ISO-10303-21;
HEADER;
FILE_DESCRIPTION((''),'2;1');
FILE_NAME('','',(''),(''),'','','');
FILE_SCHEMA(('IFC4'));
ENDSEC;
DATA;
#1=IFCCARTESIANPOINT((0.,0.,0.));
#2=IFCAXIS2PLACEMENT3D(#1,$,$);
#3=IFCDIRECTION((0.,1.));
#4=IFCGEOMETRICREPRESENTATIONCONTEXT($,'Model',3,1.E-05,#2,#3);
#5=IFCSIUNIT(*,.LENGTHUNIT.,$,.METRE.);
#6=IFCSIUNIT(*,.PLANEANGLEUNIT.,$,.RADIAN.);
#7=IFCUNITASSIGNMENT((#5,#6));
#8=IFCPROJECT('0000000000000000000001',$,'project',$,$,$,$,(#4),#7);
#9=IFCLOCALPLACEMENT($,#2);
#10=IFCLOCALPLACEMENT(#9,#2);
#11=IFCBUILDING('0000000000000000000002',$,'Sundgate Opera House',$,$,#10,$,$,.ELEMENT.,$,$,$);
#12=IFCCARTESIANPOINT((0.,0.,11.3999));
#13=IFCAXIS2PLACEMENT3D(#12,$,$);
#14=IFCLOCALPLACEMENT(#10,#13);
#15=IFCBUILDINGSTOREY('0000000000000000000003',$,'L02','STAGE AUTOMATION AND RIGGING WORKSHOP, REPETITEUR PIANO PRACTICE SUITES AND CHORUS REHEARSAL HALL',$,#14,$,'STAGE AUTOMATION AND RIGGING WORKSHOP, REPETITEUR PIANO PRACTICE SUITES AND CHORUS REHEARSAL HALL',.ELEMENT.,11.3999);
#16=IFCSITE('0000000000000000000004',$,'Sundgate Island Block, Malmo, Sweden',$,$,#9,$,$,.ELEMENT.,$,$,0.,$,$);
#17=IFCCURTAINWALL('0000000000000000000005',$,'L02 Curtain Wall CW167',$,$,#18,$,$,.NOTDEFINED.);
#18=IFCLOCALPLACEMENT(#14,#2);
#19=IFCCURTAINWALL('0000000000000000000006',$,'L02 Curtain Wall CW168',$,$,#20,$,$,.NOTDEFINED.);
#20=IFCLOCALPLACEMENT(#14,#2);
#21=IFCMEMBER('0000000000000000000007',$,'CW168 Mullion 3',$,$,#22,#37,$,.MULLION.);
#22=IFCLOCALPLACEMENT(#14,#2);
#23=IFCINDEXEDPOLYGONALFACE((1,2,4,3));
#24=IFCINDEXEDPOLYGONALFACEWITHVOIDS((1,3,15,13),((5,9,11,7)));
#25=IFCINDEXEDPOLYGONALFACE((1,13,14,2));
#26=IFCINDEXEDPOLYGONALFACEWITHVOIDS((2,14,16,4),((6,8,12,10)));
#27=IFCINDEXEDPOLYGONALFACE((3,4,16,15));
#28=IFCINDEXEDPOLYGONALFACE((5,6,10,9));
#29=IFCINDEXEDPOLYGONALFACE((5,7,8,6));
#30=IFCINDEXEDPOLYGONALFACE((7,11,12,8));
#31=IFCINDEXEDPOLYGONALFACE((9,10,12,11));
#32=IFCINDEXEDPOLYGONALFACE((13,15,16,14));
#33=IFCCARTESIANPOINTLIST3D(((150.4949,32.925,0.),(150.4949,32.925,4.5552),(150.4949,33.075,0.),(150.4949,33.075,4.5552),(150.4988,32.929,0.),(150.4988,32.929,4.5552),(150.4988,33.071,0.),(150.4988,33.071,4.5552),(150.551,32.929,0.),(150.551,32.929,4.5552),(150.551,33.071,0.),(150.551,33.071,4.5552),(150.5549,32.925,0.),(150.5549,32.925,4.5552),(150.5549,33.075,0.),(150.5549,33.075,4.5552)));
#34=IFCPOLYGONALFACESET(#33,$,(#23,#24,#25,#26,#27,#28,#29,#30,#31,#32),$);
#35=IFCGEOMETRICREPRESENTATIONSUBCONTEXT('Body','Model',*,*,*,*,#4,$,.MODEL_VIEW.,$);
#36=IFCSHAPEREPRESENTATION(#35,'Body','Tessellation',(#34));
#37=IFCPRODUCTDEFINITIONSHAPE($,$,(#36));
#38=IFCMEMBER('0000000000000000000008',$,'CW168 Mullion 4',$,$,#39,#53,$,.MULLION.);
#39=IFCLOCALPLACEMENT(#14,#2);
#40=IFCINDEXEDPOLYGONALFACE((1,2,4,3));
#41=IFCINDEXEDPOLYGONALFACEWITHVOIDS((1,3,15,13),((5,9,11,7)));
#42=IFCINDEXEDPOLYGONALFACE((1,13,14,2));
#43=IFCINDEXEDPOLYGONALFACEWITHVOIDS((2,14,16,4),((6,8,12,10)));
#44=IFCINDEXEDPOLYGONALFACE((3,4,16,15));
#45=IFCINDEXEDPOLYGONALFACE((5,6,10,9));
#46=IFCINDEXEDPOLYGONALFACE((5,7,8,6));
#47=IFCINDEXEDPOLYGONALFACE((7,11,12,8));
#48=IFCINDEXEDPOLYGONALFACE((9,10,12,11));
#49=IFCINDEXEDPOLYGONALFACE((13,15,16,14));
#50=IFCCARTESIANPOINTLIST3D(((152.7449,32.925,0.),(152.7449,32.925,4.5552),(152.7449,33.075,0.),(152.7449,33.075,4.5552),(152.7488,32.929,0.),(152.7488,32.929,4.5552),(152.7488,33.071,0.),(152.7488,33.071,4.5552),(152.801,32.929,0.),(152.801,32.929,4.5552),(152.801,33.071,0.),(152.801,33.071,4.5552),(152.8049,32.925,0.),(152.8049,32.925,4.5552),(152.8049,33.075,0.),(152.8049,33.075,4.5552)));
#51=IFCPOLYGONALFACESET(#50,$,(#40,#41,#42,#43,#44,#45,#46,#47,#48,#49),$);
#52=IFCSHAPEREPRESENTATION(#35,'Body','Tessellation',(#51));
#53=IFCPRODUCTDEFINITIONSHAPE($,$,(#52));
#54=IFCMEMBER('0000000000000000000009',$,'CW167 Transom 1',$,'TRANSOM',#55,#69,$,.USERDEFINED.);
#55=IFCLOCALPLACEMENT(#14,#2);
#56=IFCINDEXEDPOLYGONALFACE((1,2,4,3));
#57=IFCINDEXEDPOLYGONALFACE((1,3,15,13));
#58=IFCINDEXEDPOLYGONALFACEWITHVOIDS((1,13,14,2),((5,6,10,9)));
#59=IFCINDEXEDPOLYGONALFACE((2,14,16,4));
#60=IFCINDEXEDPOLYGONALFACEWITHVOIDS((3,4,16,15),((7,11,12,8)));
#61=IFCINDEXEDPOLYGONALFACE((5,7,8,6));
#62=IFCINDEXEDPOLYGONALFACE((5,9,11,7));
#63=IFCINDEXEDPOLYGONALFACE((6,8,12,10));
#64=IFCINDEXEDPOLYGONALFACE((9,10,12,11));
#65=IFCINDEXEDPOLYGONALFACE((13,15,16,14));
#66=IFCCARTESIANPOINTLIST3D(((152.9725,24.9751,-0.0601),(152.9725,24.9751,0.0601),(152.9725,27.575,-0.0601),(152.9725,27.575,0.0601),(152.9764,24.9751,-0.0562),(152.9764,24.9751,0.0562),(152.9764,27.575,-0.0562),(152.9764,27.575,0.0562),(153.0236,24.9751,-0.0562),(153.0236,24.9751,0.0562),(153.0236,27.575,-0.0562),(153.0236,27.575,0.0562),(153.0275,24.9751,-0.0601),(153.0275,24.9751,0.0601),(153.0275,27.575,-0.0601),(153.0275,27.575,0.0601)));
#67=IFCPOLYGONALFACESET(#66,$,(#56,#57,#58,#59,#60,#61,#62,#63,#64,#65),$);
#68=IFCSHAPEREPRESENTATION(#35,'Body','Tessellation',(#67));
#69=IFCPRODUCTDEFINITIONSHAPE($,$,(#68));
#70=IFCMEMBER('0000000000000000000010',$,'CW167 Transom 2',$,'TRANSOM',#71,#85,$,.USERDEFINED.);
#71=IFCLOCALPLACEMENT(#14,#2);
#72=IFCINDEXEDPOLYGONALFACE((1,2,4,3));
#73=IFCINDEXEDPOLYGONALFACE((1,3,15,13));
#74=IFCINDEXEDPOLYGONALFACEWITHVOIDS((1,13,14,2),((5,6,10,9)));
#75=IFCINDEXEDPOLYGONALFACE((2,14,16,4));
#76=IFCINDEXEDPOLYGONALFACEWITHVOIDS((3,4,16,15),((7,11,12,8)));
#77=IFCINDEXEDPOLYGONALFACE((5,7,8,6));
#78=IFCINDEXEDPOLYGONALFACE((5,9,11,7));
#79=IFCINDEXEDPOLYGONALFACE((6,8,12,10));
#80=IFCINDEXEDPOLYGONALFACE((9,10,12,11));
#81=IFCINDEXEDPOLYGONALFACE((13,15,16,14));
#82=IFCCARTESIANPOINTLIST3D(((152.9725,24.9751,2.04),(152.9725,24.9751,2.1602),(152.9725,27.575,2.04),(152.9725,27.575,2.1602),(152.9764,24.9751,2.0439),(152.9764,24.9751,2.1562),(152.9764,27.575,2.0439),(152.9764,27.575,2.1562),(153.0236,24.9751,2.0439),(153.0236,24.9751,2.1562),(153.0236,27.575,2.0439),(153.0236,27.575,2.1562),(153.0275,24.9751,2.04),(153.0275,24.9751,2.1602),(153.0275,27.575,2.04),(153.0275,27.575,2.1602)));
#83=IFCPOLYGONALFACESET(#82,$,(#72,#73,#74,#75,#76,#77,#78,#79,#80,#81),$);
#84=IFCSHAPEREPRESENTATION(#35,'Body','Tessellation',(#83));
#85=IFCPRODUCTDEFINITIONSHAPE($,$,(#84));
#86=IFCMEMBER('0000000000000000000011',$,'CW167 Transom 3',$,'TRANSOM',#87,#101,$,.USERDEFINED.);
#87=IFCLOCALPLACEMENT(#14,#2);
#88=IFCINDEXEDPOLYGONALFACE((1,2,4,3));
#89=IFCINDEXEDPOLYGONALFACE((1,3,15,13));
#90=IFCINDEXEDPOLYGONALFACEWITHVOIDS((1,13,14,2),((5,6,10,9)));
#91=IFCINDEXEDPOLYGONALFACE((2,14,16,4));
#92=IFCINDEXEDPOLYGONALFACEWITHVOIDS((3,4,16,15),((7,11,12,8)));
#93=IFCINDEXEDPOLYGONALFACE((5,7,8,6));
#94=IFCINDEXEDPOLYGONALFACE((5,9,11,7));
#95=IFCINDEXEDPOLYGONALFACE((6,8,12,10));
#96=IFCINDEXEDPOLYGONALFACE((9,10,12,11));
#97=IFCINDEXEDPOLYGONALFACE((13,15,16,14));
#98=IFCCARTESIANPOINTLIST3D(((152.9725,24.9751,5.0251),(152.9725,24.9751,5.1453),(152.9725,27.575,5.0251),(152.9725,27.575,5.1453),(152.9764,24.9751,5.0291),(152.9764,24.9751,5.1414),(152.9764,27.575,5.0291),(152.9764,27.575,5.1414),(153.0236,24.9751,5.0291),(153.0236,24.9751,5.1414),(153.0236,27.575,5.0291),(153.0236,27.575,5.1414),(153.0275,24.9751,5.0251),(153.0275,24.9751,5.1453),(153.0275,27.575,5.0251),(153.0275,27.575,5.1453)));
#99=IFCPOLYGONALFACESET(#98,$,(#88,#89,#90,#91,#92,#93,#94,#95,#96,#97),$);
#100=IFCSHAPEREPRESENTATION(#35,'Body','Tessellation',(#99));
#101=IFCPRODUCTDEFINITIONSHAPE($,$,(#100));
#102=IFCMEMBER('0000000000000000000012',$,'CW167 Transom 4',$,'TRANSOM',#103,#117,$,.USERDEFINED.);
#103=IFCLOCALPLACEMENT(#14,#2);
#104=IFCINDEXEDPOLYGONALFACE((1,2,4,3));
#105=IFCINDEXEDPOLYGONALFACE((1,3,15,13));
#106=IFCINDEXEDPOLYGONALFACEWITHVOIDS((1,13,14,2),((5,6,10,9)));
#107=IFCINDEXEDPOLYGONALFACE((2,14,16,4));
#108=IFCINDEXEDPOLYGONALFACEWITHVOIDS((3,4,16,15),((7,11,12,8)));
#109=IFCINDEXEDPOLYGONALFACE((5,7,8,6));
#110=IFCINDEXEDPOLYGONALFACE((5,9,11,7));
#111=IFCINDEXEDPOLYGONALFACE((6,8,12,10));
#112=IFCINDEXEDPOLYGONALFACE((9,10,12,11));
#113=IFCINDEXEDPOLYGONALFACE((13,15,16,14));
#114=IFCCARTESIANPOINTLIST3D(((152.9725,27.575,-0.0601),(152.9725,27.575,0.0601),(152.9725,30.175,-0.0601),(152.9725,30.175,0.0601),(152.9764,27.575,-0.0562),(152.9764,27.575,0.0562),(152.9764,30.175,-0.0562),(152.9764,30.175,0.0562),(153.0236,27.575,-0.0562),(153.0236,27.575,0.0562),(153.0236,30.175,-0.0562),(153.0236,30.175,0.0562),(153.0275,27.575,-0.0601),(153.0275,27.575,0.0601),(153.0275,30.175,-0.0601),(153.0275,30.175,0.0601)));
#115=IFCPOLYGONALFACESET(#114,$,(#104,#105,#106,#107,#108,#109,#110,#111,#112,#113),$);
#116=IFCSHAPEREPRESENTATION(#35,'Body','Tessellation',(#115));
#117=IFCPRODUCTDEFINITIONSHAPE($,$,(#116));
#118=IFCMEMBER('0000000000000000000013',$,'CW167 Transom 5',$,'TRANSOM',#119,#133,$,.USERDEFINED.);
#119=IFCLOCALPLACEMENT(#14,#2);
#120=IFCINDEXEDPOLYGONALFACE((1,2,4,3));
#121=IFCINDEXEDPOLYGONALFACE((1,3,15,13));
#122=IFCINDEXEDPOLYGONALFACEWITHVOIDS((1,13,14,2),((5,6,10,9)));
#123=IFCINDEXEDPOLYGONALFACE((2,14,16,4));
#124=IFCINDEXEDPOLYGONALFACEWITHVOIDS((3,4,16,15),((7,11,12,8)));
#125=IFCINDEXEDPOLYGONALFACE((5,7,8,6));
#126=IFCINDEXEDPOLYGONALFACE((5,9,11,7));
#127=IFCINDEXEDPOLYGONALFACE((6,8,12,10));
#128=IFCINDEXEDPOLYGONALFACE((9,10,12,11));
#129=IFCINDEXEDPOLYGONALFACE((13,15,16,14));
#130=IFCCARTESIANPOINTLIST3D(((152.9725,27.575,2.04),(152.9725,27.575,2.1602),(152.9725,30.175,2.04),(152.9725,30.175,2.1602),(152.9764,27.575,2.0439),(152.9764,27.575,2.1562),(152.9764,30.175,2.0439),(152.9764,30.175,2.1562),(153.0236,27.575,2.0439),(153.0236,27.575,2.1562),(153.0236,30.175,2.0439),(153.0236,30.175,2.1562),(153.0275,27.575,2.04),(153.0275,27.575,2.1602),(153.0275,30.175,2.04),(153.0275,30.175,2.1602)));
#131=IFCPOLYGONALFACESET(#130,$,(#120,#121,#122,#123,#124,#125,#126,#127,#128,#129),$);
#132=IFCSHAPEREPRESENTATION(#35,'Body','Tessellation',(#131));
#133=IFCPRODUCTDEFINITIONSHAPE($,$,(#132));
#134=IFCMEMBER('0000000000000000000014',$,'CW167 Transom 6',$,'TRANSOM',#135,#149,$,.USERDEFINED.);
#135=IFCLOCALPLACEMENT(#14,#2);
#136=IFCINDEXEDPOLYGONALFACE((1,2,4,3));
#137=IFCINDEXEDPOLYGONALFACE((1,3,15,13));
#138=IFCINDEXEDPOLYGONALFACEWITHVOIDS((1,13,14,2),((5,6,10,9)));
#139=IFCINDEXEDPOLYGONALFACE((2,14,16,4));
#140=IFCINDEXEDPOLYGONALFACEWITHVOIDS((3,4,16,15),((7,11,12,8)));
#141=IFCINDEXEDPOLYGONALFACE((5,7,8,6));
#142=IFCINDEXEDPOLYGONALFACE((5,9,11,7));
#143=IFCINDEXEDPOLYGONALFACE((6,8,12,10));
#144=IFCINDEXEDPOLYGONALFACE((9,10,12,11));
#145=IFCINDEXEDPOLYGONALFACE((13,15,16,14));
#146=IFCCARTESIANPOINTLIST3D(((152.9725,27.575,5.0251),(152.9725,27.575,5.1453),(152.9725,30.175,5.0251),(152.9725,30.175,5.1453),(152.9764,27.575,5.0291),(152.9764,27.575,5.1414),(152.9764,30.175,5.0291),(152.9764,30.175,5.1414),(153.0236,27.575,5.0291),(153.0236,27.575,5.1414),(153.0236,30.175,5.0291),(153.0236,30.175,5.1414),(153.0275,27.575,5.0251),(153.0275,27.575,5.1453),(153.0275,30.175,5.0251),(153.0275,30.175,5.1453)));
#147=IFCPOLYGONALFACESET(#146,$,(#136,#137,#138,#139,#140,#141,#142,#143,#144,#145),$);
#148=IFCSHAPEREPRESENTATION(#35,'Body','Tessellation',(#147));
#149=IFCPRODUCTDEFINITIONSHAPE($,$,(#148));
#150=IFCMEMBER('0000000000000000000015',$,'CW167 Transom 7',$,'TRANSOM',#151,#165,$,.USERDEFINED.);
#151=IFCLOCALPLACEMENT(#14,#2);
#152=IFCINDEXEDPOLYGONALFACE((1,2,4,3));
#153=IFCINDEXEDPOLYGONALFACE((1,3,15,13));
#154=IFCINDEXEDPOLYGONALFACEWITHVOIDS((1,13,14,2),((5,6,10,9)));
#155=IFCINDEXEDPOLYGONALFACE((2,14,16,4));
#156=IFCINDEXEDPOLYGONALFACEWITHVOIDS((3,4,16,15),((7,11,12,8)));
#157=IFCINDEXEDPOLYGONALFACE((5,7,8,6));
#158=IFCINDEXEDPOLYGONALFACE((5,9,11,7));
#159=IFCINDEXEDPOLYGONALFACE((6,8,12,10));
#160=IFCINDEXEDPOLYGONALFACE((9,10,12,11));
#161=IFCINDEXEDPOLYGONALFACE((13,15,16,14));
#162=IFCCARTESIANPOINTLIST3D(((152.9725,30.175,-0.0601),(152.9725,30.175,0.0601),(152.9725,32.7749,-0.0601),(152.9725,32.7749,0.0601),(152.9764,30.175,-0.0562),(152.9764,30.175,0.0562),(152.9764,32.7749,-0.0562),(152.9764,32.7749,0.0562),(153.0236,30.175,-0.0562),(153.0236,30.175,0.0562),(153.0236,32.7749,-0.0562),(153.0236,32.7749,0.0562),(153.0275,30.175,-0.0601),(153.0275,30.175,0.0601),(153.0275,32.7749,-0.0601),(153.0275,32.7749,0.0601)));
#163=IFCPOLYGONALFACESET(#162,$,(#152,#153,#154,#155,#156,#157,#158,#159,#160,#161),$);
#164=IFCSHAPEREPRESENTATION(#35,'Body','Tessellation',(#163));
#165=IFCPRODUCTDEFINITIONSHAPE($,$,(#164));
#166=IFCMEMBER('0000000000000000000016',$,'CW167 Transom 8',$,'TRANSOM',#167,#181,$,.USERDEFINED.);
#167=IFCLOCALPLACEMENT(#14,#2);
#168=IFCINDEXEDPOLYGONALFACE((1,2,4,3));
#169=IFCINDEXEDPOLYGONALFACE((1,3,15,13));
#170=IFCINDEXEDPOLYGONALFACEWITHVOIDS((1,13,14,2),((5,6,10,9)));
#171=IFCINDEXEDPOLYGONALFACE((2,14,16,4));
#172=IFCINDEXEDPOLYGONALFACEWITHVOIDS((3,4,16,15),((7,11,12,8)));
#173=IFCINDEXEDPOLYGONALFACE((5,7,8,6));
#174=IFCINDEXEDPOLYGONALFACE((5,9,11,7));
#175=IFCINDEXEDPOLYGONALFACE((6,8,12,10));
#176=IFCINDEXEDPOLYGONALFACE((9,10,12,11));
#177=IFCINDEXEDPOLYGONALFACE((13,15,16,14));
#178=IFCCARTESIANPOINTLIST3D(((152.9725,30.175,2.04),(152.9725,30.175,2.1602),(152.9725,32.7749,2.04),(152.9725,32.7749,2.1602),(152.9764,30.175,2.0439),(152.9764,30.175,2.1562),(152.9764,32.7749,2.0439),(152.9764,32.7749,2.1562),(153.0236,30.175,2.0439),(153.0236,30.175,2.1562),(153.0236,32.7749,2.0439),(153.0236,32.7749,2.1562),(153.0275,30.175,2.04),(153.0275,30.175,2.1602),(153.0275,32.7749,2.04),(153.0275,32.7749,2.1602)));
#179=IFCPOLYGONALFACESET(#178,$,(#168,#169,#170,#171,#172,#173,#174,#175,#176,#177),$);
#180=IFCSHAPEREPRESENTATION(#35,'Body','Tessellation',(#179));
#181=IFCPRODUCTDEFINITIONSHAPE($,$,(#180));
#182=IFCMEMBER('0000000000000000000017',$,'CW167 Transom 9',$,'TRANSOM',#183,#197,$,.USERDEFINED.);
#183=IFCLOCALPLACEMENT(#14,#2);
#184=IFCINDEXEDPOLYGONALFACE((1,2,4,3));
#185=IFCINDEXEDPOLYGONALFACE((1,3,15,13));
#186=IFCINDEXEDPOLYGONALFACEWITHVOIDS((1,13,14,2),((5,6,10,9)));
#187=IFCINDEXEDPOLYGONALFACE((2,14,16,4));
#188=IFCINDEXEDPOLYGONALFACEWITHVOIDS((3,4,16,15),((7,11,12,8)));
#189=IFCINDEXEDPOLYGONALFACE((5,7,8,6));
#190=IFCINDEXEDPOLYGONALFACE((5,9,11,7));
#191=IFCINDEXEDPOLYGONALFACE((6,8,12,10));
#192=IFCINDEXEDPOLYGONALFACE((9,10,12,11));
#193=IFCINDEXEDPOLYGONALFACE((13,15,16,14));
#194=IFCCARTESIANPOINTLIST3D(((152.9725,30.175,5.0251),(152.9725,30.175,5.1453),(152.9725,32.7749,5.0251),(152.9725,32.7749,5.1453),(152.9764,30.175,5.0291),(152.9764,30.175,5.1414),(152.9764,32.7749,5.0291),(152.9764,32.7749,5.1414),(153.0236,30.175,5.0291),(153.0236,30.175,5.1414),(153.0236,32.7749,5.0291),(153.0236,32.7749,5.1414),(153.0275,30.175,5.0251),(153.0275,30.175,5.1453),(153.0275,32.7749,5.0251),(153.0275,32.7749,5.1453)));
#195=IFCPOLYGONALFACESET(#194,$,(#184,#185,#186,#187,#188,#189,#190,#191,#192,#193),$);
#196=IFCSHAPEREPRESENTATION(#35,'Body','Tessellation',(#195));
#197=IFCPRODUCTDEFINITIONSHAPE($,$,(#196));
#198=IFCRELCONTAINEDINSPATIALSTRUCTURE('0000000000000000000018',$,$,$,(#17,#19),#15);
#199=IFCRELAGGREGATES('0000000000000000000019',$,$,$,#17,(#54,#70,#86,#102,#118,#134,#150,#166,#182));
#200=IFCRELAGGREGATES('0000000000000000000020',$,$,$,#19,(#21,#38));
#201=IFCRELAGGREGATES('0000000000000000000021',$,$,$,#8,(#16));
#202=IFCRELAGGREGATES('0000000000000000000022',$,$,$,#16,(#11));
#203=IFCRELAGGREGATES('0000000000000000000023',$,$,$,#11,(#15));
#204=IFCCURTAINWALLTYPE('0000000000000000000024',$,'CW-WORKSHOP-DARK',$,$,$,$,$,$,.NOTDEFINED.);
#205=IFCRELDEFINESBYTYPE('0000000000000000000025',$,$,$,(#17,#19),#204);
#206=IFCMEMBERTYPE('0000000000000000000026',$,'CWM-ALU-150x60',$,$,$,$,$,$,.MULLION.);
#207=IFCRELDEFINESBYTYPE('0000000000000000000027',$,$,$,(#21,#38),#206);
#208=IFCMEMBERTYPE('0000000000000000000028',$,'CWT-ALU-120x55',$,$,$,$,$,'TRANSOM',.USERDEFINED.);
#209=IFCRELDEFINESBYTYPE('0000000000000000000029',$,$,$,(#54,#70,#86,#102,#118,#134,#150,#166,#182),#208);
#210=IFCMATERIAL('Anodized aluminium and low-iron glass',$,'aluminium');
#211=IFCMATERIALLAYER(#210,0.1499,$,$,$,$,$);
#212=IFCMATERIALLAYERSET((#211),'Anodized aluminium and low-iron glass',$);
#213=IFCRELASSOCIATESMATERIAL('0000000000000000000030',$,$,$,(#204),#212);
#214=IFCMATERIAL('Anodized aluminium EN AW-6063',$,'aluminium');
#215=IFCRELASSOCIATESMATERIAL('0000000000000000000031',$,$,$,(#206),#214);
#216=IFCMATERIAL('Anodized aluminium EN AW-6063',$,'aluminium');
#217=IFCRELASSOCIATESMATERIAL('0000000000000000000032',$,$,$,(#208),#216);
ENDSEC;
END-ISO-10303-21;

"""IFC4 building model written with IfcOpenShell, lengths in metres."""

from ifc_helpers import new_model, si_unit, direction, frame, origin, origin_2d, place, context, subcontext, project, spatial, hollow_rectangle, extrude, material, layer, layer_set, material_profile, profile_set, type_object, element, aggregate, save


model = new_model("IFC4")

# Units and contexts
model_context = context("Model", 3, precision=1e-05, world=origin(), true_north=direction((0.0, 1.0)))
body_context = subcontext(model_context, "Body", "Model", "MODEL_VIEW")
ifc_project = project(units=[si_unit("LENGTHUNIT", "METRE"), si_unit("PLANEANGLEUNIT", "RADIAN")], contexts=[model_context])

# Site, building, storey
site_placement = place(None, origin())
site = spatial("IfcSite", under=ifc_project, at=site_placement, Name="Sundgate Island Block, Malmo, Sweden", CompositionType="ELEMENT", RefElevation=0.0)
building_placement = place(site_placement, origin())
building = spatial("IfcBuilding", under=site, at=building_placement, Name="Sundgate Opera House", CompositionType="ELEMENT")
storey_placement = place(building_placement, frame((0.0, 0.0, 11.3999)))
storey = spatial("IfcBuildingStorey", under=building, at=storey_placement, Name="L02", Description="STAGE AUTOMATION AND RIGGING WORKSHOP, REPETITEUR PIANO PRACTICE SUITES AND CHORUS REHEARSAL HALL", LongName="STAGE AUTOMATION AND RIGGING WORKSHOP, REPETITEUR PIANO PRACTICE SUITES AND CHORUS REHEARSAL HALL", CompositionType="ELEMENT", Elevation=11.3999)

# Curtain walls, members
ifc_material_1 = material(Name="Anodized aluminium and low-iron glass", Category="aluminium")
ifc_layer_1 = layer(ifc_material_1, 0.1499)
ifc_layer_set_1 = layer_set([ifc_layer_1], Name="Anodized aluminium and low-iron glass")
curtain_wall_type = type_object("IfcCurtainWallType", Name="CW-WORKSHOP-DARK", PredefinedType="NOTDEFINED", material=ifc_layer_set_1)
curtain_wall_1_placement = place(storey_placement, origin())
curtain_wall_1 = element("IfcCurtainWall", 1, at=curtain_wall_1_placement, inside=storey, type_object=curtain_wall_type, Name="L02 Curtain Wall CW167", PredefinedType="NOTDEFINED")
ifc_material_2 = material(Name="Anodized aluminium EN AW-6063", Category="aluminium")
ifc_material_profile_1 = material_profile(ifc_material_2, hollow_rectangle(XDim=0.0601, YDim=0.1499, WallThickness=0.0039, at=origin_2d()), Name="CWM 150x60x4")
ifc_profile_set_1 = profile_set([ifc_material_profile_1], Name="Anodized aluminium EN AW-6063")
member_type_1 = type_object("IfcMemberType", Name="CWM-ALU-150x60", PredefinedType="MULLION", material=ifc_profile_set_1)
curtain_wall_2_placement = place(storey_placement, origin())
curtain_wall_2 = element("IfcCurtainWall", 2, at=curtain_wall_2_placement, inside=storey, type_object=curtain_wall_type, Name="L02 Curtain Wall CW168", PredefinedType="NOTDEFINED")
member_1_placement = place(storey_placement, frame((150.5249, 33.0, 0.0), z_axis=(0.0, 0.0, 1.0), x_axis=(1.0, 0.0, 0.0)))
member_1 = element("IfcMember", 3, at=member_1_placement, type_object=member_type_1, Name="CW168 Mullion 3", PredefinedType="MULLION", context=body_context, shape_type="SweptSolid", body=[
    extrude(hollow_rectangle(XDim=0.0601, YDim=0.1499, WallThickness=0.0039, at=origin_2d()), origin(), (0.0, 0.0, 1.0), 4.5552),
])
member_2_placement = place(storey_placement, frame((152.7749, 33.0, 0.0), z_axis=(0.0, 0.0, 1.0), x_axis=(1.0, 0.0, 0.0)))
member_2 = element("IfcMember", 4, at=member_2_placement, type_object=member_type_1, Name="CW168 Mullion 4", PredefinedType="MULLION", context=body_context, shape_type="SweptSolid", body=[
    extrude(hollow_rectangle(XDim=0.0601, YDim=0.1499, WallThickness=0.0039, at=origin_2d()), origin(), (0.0, 0.0, 1.0), 4.5552),
])

# Members
ifc_material_3 = material(Name="Anodized aluminium EN AW-6063", Category="aluminium")
ifc_material_profile_2 = material_profile(ifc_material_3, hollow_rectangle(XDim=0.0549, YDim=0.1201, WallThickness=0.0039, at=origin_2d()), Name="CWT 120x55x4")
ifc_profile_set_2 = profile_set([ifc_material_profile_2], Name="Anodized aluminium EN AW-6063")
member_type_2 = type_object("IfcMemberType", Name="CWT-ALU-120x55", ElementType="TRANSOM", PredefinedType="USERDEFINED", material=ifc_profile_set_2)
member_3_placement = place(storey_placement, frame((153.0, 24.9751, 0.0), z_axis=(0.0, 1.0, 0.0), x_axis=(-1.0, 0.0, 0.0)))
member_3 = element("IfcMember", 5, at=member_3_placement, type_object=member_type_2, Name="CW167 Transom 1", ObjectType="TRANSOM", PredefinedType="USERDEFINED", context=body_context, shape_type="SweptSolid", body=[
    extrude(hollow_rectangle(XDim=0.0549, YDim=0.1201, WallThickness=0.0039, at=origin_2d()), origin(), (0.0, 0.0, 1.0), 2.5999),
])
member_4_placement = place(storey_placement, frame((153.0, 24.9751, 2.1001), z_axis=(0.0, 1.0, 0.0), x_axis=(-1.0, 0.0, 0.0)))
member_4 = element("IfcMember", 6, at=member_4_placement, type_object=member_type_2, Name="CW167 Transom 2", ObjectType="TRANSOM", PredefinedType="USERDEFINED", context=body_context, shape_type="SweptSolid", body=[
    extrude(hollow_rectangle(XDim=0.0549, YDim=0.1201, WallThickness=0.0039, at=origin_2d()), origin(), (0.0, 0.0, 1.0), 2.5999),
])
member_5_placement = place(storey_placement, frame((153.0, 24.9751, 5.0852), z_axis=(0.0, 1.0, 0.0), x_axis=(-1.0, 0.0, 0.0)))
member_5 = element("IfcMember", 7, at=member_5_placement, type_object=member_type_2, Name="CW167 Transom 3", ObjectType="TRANSOM", PredefinedType="USERDEFINED", context=body_context, shape_type="SweptSolid", body=[
    extrude(hollow_rectangle(XDim=0.0549, YDim=0.1201, WallThickness=0.0039, at=origin_2d()), origin(), (0.0, 0.0, 1.0), 2.5999),
])
member_6_placement = place(storey_placement, frame((153.0, 27.575, 0.0), z_axis=(0.0, 1.0, 0.0), x_axis=(-1.0, 0.0, 0.0)))
member_6 = element("IfcMember", 8, at=member_6_placement, type_object=member_type_2, Name="CW167 Transom 4", ObjectType="TRANSOM", PredefinedType="USERDEFINED", context=body_context, shape_type="SweptSolid", body=[
    extrude(hollow_rectangle(XDim=0.0549, YDim=0.1201, WallThickness=0.0039, at=origin_2d()), origin(), (0.0, 0.0, 1.0), 2.6001),
])
member_7_placement = place(storey_placement, frame((153.0, 27.575, 2.1001), z_axis=(0.0, 1.0, 0.0), x_axis=(-1.0, 0.0, 0.0)))
member_7 = element("IfcMember", 9, at=member_7_placement, type_object=member_type_2, Name="CW167 Transom 5", ObjectType="TRANSOM", PredefinedType="USERDEFINED", context=body_context, shape_type="SweptSolid", body=[
    extrude(hollow_rectangle(XDim=0.0549, YDim=0.1201, WallThickness=0.0039, at=origin_2d()), origin(), (0.0, 0.0, 1.0), 2.6001),
])
member_8_placement = place(storey_placement, frame((153.0, 27.575, 5.0852), z_axis=(0.0, 1.0, 0.0), x_axis=(-1.0, 0.0, 0.0)))
member_8 = element("IfcMember", 10, at=member_8_placement, type_object=member_type_2, Name="CW167 Transom 6", ObjectType="TRANSOM", PredefinedType="USERDEFINED", context=body_context, shape_type="SweptSolid", body=[
    extrude(hollow_rectangle(XDim=0.0549, YDim=0.1201, WallThickness=0.0039, at=origin_2d()), origin(), (0.0, 0.0, 1.0), 2.6001),
])
member_9_placement = place(storey_placement, frame((153.0, 30.175, 0.0), z_axis=(0.0, 1.0, 0.0), x_axis=(-1.0, 0.0, 0.0)))
member_9 = element("IfcMember", 11, at=member_9_placement, type_object=member_type_2, Name="CW167 Transom 7", ObjectType="TRANSOM", PredefinedType="USERDEFINED", context=body_context, shape_type="SweptSolid", body=[
    extrude(hollow_rectangle(XDim=0.0549, YDim=0.1201, WallThickness=0.0039, at=origin_2d()), origin(), (0.0, 0.0, 1.0), 2.5999),
])
member_10_placement = place(storey_placement, frame((153.0, 30.175, 2.1001), z_axis=(0.0, 1.0, 0.0), x_axis=(-1.0, 0.0, 0.0)))
member_10 = element("IfcMember", 12, at=member_10_placement, type_object=member_type_2, Name="CW167 Transom 8", ObjectType="TRANSOM", PredefinedType="USERDEFINED", context=body_context, shape_type="SweptSolid", body=[
    extrude(hollow_rectangle(XDim=0.0549, YDim=0.1201, WallThickness=0.0039, at=origin_2d()), origin(), (0.0, 0.0, 1.0), 2.5999),
])
member_11_placement = place(storey_placement, frame((153.0, 30.175, 5.0852), z_axis=(0.0, 1.0, 0.0), x_axis=(-1.0, 0.0, 0.0)))
member_11 = element("IfcMember", 13, at=member_11_placement, type_object=member_type_2, Name="CW167 Transom 9", ObjectType="TRANSOM", PredefinedType="USERDEFINED", context=body_context, shape_type="SweptSolid", body=[
    extrude(hollow_rectangle(XDim=0.0549, YDim=0.1201, WallThickness=0.0039, at=origin_2d()), origin(), (0.0, 0.0, 1.0), 2.5999),
])

aggregate(curtain_wall_1, [member_3, member_4, member_5, member_6, member_7, member_8, member_9, member_10, member_11])
aggregate(curtain_wall_2, [member_1, member_2])

save(model, "model.ifc")
